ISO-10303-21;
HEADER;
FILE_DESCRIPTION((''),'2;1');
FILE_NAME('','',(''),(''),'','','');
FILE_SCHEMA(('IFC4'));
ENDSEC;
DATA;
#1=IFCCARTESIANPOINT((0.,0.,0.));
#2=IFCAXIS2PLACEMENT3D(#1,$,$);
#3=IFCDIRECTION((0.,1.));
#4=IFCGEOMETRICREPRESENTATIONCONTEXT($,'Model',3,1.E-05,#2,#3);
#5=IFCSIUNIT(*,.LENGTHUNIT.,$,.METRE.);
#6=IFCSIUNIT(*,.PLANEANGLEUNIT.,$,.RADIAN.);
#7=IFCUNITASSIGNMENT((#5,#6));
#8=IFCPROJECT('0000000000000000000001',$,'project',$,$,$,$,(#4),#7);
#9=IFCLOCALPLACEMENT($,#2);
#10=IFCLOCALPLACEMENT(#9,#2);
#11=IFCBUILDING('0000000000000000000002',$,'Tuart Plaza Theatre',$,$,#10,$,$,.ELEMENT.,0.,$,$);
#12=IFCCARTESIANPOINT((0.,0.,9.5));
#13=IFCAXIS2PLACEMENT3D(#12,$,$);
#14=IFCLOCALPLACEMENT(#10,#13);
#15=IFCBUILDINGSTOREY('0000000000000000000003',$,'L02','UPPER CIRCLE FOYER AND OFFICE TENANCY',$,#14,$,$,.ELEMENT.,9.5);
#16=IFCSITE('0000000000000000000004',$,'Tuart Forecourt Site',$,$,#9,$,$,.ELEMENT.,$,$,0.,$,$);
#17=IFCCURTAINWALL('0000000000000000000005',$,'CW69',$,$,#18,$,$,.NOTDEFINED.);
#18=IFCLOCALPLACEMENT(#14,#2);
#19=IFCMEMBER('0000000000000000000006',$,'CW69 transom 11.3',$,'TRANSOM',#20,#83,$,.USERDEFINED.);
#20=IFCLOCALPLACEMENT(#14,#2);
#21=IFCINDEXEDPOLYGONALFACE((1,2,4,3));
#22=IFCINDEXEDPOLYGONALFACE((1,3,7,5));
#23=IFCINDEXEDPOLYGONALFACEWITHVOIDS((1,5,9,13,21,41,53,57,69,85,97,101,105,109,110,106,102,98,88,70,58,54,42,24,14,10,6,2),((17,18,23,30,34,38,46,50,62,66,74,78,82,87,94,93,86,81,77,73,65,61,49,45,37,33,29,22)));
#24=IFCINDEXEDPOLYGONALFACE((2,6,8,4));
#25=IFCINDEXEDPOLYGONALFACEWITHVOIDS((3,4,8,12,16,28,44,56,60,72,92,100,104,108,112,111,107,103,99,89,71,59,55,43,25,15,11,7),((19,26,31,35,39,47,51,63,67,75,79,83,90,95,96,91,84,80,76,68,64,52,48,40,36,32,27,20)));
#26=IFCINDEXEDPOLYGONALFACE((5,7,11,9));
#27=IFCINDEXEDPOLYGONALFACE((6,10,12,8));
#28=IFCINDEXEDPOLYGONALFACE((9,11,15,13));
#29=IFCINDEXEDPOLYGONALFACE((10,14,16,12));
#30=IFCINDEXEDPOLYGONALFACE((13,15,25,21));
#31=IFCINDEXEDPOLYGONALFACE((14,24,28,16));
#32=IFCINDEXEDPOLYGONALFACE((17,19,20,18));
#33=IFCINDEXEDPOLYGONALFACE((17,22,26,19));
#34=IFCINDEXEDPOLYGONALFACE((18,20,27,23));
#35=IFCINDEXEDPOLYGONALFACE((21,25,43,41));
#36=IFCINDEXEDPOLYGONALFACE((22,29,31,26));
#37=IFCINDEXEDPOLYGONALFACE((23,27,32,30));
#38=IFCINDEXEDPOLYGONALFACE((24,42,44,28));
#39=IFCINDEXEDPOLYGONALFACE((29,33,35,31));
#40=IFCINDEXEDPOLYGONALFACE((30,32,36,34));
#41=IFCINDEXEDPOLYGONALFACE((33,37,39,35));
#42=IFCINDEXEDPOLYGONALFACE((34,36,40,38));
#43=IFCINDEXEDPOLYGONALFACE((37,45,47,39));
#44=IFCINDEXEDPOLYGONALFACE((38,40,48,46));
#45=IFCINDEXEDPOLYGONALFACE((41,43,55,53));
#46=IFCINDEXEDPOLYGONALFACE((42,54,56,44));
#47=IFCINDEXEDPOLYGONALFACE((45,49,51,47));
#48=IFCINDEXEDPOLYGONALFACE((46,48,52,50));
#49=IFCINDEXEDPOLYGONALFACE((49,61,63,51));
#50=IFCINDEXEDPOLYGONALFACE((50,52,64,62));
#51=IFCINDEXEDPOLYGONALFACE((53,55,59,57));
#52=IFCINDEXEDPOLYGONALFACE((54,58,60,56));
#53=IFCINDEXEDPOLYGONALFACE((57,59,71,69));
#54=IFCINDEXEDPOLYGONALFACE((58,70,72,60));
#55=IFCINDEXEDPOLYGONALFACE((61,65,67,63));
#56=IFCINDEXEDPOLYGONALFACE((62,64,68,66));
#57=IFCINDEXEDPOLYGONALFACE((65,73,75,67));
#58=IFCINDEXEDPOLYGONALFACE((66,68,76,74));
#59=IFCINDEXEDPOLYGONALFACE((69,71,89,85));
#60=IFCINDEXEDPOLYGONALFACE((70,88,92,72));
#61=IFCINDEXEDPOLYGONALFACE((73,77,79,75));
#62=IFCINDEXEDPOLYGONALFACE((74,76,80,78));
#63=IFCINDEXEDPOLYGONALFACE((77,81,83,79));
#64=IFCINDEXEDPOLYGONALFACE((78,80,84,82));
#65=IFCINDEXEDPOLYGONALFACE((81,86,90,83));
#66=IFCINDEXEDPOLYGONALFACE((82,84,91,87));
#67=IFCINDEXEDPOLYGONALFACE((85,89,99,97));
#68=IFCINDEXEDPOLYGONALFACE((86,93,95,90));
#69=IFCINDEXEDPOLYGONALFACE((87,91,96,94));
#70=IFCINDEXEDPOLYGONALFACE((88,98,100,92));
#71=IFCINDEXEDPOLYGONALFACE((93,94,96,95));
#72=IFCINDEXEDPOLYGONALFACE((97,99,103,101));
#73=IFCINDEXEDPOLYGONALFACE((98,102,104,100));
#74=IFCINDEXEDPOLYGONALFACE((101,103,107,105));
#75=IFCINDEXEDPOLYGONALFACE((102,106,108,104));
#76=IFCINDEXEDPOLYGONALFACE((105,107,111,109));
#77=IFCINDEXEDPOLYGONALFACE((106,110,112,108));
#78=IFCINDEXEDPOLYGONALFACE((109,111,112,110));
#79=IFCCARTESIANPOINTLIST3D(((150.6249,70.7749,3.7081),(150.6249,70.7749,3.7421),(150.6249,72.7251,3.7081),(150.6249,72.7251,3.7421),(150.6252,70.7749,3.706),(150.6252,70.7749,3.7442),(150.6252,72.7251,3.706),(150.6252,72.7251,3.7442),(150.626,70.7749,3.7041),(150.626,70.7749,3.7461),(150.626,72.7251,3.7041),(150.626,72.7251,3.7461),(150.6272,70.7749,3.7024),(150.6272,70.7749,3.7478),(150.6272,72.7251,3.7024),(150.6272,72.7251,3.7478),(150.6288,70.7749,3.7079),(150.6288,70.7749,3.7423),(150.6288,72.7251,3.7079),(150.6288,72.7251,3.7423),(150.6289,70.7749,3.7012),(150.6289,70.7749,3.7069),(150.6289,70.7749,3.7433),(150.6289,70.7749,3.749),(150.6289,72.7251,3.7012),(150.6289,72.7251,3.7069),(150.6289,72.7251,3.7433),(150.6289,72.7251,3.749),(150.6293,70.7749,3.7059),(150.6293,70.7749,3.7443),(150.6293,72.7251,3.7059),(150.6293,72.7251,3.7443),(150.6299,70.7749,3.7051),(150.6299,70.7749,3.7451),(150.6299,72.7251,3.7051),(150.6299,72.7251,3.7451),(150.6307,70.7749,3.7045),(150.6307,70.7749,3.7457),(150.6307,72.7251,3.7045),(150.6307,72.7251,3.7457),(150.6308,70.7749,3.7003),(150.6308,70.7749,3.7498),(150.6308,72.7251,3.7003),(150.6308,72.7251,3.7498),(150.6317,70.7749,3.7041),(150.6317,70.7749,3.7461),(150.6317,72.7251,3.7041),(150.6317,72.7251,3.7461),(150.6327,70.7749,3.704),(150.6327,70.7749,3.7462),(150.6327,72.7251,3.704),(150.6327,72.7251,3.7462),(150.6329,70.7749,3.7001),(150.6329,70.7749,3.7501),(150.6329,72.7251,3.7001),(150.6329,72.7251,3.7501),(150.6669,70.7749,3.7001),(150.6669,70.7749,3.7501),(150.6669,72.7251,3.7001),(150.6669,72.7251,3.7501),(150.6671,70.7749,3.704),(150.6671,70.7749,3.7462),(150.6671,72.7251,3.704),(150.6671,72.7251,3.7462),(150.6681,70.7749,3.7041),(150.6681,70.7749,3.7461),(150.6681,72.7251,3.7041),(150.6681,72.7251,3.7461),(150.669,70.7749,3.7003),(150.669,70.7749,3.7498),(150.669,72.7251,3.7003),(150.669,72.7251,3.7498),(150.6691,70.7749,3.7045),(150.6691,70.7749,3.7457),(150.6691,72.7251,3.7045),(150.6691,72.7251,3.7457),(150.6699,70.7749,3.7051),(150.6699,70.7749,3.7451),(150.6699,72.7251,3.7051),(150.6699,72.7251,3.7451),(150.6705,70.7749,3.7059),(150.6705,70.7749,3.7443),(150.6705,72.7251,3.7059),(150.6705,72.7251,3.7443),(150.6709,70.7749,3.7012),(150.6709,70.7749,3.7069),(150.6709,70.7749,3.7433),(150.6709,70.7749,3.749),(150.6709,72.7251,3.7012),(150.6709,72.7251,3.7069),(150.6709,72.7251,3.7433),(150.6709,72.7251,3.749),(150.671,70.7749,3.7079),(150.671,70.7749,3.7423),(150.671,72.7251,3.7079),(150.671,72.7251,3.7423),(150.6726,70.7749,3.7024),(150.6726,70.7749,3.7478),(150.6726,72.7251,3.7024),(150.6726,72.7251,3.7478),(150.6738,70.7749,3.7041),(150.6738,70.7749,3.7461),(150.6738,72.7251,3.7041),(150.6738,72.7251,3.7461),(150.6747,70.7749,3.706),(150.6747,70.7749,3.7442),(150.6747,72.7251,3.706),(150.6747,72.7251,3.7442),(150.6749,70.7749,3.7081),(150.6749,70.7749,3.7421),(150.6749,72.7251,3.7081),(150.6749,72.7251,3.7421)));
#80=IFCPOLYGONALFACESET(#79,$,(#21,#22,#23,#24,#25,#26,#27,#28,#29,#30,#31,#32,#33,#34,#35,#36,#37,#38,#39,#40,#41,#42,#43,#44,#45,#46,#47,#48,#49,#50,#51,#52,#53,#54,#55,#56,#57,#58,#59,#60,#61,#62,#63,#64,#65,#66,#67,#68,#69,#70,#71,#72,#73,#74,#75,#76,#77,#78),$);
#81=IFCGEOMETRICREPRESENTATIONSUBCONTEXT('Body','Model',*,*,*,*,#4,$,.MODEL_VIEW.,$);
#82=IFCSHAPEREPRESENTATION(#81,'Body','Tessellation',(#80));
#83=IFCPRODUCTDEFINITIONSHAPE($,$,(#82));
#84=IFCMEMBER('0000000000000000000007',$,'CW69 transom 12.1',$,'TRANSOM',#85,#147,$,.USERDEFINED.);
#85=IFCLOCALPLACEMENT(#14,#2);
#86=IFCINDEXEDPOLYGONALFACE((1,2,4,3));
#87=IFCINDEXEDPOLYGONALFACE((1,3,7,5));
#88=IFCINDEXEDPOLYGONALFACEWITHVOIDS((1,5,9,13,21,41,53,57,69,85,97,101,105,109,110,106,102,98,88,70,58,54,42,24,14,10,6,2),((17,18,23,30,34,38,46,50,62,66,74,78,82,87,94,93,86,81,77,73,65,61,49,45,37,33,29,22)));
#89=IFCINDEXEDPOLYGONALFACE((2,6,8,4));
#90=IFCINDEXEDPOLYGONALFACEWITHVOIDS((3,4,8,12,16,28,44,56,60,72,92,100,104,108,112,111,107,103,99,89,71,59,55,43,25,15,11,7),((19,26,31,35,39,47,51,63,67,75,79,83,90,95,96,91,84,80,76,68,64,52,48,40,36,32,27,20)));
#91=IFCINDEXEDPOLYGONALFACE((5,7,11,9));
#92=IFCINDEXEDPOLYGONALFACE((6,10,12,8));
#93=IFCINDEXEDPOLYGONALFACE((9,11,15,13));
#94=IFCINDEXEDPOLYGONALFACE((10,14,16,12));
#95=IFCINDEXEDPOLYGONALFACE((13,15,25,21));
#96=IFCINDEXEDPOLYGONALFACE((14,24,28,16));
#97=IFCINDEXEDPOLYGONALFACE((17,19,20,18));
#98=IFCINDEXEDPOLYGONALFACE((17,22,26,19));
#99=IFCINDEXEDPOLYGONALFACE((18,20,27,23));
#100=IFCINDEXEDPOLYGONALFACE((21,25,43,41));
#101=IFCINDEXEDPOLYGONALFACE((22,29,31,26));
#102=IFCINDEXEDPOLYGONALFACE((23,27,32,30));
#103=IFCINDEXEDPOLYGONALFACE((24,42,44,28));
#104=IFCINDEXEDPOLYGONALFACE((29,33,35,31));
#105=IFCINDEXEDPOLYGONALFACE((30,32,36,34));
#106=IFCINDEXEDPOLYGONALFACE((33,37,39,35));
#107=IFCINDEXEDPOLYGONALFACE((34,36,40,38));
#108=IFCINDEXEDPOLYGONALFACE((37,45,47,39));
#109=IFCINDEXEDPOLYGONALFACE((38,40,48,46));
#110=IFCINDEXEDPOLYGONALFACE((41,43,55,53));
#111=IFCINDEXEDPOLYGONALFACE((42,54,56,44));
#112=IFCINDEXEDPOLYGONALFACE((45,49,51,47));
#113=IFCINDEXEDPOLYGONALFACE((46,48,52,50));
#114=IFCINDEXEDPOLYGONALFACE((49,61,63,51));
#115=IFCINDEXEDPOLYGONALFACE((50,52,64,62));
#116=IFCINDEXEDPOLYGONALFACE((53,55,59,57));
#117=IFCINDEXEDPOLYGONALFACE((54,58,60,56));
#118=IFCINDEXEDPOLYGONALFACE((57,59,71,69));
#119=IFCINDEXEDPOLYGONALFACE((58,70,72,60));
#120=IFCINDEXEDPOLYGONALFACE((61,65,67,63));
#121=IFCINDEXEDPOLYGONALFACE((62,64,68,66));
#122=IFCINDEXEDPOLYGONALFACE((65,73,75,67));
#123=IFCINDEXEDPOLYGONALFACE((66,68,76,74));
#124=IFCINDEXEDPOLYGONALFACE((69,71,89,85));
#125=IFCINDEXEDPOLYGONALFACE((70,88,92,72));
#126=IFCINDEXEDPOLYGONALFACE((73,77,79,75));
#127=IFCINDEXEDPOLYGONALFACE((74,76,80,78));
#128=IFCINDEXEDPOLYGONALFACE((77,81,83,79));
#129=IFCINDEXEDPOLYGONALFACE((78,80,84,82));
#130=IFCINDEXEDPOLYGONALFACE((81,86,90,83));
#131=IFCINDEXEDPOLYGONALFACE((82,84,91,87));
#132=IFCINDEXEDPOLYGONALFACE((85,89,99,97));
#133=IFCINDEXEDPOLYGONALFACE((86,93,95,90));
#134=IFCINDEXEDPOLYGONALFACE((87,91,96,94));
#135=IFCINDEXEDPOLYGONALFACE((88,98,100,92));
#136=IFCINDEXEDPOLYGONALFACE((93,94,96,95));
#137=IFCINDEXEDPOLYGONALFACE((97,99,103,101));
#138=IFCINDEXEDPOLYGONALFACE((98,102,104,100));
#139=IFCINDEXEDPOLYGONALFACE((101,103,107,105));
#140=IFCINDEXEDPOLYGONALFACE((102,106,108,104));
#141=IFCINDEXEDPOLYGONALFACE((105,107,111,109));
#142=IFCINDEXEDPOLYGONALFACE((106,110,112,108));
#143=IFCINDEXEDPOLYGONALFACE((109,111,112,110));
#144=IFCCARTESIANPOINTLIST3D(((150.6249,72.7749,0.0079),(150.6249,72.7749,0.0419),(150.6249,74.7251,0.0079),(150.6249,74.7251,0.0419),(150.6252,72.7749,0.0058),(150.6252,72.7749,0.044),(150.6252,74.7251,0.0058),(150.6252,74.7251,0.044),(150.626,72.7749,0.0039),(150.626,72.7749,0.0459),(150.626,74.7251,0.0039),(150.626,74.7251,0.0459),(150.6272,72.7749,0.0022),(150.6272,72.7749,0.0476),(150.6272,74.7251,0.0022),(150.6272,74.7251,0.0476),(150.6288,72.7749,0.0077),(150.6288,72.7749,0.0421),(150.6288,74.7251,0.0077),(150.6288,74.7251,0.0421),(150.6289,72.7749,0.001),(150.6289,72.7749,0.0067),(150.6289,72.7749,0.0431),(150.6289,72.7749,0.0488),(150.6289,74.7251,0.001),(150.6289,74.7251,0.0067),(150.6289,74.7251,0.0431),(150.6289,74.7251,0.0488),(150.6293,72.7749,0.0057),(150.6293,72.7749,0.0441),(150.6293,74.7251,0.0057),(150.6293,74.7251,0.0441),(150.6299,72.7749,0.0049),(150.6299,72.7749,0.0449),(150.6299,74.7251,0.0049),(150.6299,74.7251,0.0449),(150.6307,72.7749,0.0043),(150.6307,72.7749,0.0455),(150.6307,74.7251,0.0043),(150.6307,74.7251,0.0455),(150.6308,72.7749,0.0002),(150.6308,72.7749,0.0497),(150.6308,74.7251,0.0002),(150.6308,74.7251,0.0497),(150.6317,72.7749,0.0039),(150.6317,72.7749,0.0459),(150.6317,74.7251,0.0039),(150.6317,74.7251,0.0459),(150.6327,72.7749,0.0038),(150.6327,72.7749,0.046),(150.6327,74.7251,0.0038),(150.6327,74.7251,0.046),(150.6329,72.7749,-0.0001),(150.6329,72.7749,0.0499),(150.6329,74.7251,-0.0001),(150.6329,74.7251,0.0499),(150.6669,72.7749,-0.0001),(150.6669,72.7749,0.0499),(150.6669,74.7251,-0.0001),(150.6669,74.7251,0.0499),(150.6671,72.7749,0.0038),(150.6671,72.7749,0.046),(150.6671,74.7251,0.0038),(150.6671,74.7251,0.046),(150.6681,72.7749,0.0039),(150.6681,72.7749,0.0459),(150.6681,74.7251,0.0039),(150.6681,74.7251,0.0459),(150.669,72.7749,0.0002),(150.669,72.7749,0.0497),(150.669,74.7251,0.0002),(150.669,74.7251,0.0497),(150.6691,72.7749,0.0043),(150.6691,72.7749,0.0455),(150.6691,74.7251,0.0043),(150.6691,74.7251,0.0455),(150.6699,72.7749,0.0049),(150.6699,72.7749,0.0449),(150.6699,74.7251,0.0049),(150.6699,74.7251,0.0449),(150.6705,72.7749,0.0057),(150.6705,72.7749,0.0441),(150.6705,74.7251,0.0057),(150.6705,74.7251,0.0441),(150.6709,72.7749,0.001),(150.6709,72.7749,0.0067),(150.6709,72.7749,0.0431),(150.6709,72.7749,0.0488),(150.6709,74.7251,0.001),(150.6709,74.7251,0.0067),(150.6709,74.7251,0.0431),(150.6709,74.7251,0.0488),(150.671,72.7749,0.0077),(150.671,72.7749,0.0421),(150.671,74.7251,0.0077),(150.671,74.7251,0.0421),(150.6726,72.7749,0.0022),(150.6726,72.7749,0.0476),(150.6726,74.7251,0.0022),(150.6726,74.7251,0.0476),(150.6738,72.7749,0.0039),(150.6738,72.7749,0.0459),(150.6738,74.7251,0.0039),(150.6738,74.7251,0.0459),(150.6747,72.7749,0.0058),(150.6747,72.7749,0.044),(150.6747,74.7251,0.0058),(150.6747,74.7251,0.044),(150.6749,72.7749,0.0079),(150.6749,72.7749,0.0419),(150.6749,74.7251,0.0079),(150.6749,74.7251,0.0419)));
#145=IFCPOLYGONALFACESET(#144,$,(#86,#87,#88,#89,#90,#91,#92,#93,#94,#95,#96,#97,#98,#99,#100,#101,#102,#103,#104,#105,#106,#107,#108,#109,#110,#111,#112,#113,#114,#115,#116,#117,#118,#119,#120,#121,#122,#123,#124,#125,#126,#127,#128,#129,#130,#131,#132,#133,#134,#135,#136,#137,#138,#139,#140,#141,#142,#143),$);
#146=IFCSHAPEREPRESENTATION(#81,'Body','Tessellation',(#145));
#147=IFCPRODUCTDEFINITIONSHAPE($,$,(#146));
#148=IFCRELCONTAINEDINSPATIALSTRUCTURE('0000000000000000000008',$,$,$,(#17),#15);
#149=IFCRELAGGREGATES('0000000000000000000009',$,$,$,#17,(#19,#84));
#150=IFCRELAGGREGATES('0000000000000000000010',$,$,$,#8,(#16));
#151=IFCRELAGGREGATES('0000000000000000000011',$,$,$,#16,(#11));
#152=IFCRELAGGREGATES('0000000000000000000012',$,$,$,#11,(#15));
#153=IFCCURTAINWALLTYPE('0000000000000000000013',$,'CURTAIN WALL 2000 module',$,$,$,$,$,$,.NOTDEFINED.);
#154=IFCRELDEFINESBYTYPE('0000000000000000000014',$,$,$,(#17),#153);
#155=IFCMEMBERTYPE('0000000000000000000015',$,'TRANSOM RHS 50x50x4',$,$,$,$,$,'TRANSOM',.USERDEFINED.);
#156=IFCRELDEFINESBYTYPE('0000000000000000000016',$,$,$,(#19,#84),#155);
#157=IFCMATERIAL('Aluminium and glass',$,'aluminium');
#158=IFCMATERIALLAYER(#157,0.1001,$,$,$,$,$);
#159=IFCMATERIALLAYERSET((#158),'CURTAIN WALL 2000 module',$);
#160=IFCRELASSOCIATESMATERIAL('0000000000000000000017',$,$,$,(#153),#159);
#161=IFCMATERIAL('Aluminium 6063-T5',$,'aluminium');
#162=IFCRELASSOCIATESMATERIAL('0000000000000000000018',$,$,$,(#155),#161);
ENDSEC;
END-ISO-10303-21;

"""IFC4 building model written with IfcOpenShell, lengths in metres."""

from ifc_helpers import new_model, si_unit, direction, frame, origin, origin_2d, place, context, subcontext, project, spatial, hollow_rectangle, extrude, material, layer, layer_set, material_profile, profile_set, type_object, element, aggregate, save


model = new_model("IFC4")

# Units and contexts
model_context = context("Model", 3, precision=1e-05, world=origin(), true_north=direction((0.0, 1.0)))
body_context = subcontext(model_context, "Body", "Model", "MODEL_VIEW")
ifc_project = project(units=[si_unit("LENGTHUNIT", "METRE"), si_unit("PLANEANGLEUNIT", "RADIAN")], contexts=[model_context])

# Site, building, storey
site_placement = place(None, origin())
site = spatial("IfcSite", under=ifc_project, at=site_placement, Name="Tuart Forecourt Site", CompositionType="ELEMENT", RefElevation=0.0)
building_placement = place(site_placement, origin())
building = spatial("IfcBuilding", under=site, at=building_placement, Name="Tuart Plaza Theatre", CompositionType="ELEMENT", ElevationOfRefHeight=0.0)
storey_placement = place(building_placement, frame((0.0, 0.0, 9.5)))
storey = spatial("IfcBuildingStorey", under=building, at=storey_placement, Name="L02", Description="UPPER CIRCLE FOYER AND OFFICE TENANCY", CompositionType="ELEMENT", Elevation=9.5)

# Curtain wall, members
ifc_material_1 = material(Name="Aluminium and glass", Category="aluminium")
ifc_layer_1 = layer(ifc_material_1, 0.1001)
ifc_layer_set_1 = layer_set([ifc_layer_1], Name="CURTAIN WALL 2000 module")
curtain_wall_type = type_object("IfcCurtainWallType", Name="CURTAIN WALL 2000 module", PredefinedType="NOTDEFINED", material=ifc_layer_set_1)
curtain_wall_placement = place(storey_placement, origin())
curtain_wall = element("IfcCurtainWall", 1, at=curtain_wall_placement, inside=storey, type_object=curtain_wall_type, Name="CW69", PredefinedType="NOTDEFINED")
ifc_material_2 = material(Name="Aluminium 6063-T5", Category="aluminium")
ifc_material_profile_1 = material_profile(ifc_material_2, hollow_rectangle(XDim=0.05, YDim=0.05, WallThickness=0.0039, InnerFilletRadius=0.0039, OuterFilletRadius=0.0081, at=origin_2d()), Name="RHS 50x50x4")
ifc_profile_set_1 = profile_set([ifc_material_profile_1], Name="Aluminium 6063-T5")
member_type_1 = type_object("IfcMemberType", Name="TRANSOM RHS 50x50x4", ElementType="TRANSOM", PredefinedType="USERDEFINED", material=ifc_profile_set_1)
member_1_placement = place(storey_placement, frame((150.6499, 70.7749, 3.7251), z_axis=(0.0, 1.0, 0.0), x_axis=(-1.0, 0.0, 0.0)))
member_1 = element("IfcMember", 2, at=member_1_placement, type_object=member_type_1, Name="CW69 transom 11.3", ObjectType="TRANSOM", PredefinedType="USERDEFINED", context=body_context, shape_type="SweptSolid", body=[
    extrude(hollow_rectangle(XDim=0.05, YDim=0.05, WallThickness=0.0039, InnerFilletRadius=0.0039, OuterFilletRadius=0.0081, at=origin_2d()), origin(), (0.0, 0.0, 1.0), 1.9502),
])
member_2_placement = place(storey_placement, frame((150.6499, 72.7749, 0.0249), z_axis=(0.0, 1.0, 0.0), x_axis=(-1.0, 0.0, 0.0)))
member_2 = element("IfcMember", 3, at=member_2_placement, type_object=member_type_1, Name="CW69 transom 12.1", ObjectType="TRANSOM", PredefinedType="USERDEFINED", context=body_context, shape_type="SweptSolid", body=[
    extrude(hollow_rectangle(XDim=0.05, YDim=0.05, WallThickness=0.0039, InnerFilletRadius=0.0039, OuterFilletRadius=0.0081, at=origin_2d()), origin(), (0.0, 0.0, 1.0), 1.9502),
])
aggregate(curtain_wall, [member_1, member_2])

save(model, "model.ifc")
